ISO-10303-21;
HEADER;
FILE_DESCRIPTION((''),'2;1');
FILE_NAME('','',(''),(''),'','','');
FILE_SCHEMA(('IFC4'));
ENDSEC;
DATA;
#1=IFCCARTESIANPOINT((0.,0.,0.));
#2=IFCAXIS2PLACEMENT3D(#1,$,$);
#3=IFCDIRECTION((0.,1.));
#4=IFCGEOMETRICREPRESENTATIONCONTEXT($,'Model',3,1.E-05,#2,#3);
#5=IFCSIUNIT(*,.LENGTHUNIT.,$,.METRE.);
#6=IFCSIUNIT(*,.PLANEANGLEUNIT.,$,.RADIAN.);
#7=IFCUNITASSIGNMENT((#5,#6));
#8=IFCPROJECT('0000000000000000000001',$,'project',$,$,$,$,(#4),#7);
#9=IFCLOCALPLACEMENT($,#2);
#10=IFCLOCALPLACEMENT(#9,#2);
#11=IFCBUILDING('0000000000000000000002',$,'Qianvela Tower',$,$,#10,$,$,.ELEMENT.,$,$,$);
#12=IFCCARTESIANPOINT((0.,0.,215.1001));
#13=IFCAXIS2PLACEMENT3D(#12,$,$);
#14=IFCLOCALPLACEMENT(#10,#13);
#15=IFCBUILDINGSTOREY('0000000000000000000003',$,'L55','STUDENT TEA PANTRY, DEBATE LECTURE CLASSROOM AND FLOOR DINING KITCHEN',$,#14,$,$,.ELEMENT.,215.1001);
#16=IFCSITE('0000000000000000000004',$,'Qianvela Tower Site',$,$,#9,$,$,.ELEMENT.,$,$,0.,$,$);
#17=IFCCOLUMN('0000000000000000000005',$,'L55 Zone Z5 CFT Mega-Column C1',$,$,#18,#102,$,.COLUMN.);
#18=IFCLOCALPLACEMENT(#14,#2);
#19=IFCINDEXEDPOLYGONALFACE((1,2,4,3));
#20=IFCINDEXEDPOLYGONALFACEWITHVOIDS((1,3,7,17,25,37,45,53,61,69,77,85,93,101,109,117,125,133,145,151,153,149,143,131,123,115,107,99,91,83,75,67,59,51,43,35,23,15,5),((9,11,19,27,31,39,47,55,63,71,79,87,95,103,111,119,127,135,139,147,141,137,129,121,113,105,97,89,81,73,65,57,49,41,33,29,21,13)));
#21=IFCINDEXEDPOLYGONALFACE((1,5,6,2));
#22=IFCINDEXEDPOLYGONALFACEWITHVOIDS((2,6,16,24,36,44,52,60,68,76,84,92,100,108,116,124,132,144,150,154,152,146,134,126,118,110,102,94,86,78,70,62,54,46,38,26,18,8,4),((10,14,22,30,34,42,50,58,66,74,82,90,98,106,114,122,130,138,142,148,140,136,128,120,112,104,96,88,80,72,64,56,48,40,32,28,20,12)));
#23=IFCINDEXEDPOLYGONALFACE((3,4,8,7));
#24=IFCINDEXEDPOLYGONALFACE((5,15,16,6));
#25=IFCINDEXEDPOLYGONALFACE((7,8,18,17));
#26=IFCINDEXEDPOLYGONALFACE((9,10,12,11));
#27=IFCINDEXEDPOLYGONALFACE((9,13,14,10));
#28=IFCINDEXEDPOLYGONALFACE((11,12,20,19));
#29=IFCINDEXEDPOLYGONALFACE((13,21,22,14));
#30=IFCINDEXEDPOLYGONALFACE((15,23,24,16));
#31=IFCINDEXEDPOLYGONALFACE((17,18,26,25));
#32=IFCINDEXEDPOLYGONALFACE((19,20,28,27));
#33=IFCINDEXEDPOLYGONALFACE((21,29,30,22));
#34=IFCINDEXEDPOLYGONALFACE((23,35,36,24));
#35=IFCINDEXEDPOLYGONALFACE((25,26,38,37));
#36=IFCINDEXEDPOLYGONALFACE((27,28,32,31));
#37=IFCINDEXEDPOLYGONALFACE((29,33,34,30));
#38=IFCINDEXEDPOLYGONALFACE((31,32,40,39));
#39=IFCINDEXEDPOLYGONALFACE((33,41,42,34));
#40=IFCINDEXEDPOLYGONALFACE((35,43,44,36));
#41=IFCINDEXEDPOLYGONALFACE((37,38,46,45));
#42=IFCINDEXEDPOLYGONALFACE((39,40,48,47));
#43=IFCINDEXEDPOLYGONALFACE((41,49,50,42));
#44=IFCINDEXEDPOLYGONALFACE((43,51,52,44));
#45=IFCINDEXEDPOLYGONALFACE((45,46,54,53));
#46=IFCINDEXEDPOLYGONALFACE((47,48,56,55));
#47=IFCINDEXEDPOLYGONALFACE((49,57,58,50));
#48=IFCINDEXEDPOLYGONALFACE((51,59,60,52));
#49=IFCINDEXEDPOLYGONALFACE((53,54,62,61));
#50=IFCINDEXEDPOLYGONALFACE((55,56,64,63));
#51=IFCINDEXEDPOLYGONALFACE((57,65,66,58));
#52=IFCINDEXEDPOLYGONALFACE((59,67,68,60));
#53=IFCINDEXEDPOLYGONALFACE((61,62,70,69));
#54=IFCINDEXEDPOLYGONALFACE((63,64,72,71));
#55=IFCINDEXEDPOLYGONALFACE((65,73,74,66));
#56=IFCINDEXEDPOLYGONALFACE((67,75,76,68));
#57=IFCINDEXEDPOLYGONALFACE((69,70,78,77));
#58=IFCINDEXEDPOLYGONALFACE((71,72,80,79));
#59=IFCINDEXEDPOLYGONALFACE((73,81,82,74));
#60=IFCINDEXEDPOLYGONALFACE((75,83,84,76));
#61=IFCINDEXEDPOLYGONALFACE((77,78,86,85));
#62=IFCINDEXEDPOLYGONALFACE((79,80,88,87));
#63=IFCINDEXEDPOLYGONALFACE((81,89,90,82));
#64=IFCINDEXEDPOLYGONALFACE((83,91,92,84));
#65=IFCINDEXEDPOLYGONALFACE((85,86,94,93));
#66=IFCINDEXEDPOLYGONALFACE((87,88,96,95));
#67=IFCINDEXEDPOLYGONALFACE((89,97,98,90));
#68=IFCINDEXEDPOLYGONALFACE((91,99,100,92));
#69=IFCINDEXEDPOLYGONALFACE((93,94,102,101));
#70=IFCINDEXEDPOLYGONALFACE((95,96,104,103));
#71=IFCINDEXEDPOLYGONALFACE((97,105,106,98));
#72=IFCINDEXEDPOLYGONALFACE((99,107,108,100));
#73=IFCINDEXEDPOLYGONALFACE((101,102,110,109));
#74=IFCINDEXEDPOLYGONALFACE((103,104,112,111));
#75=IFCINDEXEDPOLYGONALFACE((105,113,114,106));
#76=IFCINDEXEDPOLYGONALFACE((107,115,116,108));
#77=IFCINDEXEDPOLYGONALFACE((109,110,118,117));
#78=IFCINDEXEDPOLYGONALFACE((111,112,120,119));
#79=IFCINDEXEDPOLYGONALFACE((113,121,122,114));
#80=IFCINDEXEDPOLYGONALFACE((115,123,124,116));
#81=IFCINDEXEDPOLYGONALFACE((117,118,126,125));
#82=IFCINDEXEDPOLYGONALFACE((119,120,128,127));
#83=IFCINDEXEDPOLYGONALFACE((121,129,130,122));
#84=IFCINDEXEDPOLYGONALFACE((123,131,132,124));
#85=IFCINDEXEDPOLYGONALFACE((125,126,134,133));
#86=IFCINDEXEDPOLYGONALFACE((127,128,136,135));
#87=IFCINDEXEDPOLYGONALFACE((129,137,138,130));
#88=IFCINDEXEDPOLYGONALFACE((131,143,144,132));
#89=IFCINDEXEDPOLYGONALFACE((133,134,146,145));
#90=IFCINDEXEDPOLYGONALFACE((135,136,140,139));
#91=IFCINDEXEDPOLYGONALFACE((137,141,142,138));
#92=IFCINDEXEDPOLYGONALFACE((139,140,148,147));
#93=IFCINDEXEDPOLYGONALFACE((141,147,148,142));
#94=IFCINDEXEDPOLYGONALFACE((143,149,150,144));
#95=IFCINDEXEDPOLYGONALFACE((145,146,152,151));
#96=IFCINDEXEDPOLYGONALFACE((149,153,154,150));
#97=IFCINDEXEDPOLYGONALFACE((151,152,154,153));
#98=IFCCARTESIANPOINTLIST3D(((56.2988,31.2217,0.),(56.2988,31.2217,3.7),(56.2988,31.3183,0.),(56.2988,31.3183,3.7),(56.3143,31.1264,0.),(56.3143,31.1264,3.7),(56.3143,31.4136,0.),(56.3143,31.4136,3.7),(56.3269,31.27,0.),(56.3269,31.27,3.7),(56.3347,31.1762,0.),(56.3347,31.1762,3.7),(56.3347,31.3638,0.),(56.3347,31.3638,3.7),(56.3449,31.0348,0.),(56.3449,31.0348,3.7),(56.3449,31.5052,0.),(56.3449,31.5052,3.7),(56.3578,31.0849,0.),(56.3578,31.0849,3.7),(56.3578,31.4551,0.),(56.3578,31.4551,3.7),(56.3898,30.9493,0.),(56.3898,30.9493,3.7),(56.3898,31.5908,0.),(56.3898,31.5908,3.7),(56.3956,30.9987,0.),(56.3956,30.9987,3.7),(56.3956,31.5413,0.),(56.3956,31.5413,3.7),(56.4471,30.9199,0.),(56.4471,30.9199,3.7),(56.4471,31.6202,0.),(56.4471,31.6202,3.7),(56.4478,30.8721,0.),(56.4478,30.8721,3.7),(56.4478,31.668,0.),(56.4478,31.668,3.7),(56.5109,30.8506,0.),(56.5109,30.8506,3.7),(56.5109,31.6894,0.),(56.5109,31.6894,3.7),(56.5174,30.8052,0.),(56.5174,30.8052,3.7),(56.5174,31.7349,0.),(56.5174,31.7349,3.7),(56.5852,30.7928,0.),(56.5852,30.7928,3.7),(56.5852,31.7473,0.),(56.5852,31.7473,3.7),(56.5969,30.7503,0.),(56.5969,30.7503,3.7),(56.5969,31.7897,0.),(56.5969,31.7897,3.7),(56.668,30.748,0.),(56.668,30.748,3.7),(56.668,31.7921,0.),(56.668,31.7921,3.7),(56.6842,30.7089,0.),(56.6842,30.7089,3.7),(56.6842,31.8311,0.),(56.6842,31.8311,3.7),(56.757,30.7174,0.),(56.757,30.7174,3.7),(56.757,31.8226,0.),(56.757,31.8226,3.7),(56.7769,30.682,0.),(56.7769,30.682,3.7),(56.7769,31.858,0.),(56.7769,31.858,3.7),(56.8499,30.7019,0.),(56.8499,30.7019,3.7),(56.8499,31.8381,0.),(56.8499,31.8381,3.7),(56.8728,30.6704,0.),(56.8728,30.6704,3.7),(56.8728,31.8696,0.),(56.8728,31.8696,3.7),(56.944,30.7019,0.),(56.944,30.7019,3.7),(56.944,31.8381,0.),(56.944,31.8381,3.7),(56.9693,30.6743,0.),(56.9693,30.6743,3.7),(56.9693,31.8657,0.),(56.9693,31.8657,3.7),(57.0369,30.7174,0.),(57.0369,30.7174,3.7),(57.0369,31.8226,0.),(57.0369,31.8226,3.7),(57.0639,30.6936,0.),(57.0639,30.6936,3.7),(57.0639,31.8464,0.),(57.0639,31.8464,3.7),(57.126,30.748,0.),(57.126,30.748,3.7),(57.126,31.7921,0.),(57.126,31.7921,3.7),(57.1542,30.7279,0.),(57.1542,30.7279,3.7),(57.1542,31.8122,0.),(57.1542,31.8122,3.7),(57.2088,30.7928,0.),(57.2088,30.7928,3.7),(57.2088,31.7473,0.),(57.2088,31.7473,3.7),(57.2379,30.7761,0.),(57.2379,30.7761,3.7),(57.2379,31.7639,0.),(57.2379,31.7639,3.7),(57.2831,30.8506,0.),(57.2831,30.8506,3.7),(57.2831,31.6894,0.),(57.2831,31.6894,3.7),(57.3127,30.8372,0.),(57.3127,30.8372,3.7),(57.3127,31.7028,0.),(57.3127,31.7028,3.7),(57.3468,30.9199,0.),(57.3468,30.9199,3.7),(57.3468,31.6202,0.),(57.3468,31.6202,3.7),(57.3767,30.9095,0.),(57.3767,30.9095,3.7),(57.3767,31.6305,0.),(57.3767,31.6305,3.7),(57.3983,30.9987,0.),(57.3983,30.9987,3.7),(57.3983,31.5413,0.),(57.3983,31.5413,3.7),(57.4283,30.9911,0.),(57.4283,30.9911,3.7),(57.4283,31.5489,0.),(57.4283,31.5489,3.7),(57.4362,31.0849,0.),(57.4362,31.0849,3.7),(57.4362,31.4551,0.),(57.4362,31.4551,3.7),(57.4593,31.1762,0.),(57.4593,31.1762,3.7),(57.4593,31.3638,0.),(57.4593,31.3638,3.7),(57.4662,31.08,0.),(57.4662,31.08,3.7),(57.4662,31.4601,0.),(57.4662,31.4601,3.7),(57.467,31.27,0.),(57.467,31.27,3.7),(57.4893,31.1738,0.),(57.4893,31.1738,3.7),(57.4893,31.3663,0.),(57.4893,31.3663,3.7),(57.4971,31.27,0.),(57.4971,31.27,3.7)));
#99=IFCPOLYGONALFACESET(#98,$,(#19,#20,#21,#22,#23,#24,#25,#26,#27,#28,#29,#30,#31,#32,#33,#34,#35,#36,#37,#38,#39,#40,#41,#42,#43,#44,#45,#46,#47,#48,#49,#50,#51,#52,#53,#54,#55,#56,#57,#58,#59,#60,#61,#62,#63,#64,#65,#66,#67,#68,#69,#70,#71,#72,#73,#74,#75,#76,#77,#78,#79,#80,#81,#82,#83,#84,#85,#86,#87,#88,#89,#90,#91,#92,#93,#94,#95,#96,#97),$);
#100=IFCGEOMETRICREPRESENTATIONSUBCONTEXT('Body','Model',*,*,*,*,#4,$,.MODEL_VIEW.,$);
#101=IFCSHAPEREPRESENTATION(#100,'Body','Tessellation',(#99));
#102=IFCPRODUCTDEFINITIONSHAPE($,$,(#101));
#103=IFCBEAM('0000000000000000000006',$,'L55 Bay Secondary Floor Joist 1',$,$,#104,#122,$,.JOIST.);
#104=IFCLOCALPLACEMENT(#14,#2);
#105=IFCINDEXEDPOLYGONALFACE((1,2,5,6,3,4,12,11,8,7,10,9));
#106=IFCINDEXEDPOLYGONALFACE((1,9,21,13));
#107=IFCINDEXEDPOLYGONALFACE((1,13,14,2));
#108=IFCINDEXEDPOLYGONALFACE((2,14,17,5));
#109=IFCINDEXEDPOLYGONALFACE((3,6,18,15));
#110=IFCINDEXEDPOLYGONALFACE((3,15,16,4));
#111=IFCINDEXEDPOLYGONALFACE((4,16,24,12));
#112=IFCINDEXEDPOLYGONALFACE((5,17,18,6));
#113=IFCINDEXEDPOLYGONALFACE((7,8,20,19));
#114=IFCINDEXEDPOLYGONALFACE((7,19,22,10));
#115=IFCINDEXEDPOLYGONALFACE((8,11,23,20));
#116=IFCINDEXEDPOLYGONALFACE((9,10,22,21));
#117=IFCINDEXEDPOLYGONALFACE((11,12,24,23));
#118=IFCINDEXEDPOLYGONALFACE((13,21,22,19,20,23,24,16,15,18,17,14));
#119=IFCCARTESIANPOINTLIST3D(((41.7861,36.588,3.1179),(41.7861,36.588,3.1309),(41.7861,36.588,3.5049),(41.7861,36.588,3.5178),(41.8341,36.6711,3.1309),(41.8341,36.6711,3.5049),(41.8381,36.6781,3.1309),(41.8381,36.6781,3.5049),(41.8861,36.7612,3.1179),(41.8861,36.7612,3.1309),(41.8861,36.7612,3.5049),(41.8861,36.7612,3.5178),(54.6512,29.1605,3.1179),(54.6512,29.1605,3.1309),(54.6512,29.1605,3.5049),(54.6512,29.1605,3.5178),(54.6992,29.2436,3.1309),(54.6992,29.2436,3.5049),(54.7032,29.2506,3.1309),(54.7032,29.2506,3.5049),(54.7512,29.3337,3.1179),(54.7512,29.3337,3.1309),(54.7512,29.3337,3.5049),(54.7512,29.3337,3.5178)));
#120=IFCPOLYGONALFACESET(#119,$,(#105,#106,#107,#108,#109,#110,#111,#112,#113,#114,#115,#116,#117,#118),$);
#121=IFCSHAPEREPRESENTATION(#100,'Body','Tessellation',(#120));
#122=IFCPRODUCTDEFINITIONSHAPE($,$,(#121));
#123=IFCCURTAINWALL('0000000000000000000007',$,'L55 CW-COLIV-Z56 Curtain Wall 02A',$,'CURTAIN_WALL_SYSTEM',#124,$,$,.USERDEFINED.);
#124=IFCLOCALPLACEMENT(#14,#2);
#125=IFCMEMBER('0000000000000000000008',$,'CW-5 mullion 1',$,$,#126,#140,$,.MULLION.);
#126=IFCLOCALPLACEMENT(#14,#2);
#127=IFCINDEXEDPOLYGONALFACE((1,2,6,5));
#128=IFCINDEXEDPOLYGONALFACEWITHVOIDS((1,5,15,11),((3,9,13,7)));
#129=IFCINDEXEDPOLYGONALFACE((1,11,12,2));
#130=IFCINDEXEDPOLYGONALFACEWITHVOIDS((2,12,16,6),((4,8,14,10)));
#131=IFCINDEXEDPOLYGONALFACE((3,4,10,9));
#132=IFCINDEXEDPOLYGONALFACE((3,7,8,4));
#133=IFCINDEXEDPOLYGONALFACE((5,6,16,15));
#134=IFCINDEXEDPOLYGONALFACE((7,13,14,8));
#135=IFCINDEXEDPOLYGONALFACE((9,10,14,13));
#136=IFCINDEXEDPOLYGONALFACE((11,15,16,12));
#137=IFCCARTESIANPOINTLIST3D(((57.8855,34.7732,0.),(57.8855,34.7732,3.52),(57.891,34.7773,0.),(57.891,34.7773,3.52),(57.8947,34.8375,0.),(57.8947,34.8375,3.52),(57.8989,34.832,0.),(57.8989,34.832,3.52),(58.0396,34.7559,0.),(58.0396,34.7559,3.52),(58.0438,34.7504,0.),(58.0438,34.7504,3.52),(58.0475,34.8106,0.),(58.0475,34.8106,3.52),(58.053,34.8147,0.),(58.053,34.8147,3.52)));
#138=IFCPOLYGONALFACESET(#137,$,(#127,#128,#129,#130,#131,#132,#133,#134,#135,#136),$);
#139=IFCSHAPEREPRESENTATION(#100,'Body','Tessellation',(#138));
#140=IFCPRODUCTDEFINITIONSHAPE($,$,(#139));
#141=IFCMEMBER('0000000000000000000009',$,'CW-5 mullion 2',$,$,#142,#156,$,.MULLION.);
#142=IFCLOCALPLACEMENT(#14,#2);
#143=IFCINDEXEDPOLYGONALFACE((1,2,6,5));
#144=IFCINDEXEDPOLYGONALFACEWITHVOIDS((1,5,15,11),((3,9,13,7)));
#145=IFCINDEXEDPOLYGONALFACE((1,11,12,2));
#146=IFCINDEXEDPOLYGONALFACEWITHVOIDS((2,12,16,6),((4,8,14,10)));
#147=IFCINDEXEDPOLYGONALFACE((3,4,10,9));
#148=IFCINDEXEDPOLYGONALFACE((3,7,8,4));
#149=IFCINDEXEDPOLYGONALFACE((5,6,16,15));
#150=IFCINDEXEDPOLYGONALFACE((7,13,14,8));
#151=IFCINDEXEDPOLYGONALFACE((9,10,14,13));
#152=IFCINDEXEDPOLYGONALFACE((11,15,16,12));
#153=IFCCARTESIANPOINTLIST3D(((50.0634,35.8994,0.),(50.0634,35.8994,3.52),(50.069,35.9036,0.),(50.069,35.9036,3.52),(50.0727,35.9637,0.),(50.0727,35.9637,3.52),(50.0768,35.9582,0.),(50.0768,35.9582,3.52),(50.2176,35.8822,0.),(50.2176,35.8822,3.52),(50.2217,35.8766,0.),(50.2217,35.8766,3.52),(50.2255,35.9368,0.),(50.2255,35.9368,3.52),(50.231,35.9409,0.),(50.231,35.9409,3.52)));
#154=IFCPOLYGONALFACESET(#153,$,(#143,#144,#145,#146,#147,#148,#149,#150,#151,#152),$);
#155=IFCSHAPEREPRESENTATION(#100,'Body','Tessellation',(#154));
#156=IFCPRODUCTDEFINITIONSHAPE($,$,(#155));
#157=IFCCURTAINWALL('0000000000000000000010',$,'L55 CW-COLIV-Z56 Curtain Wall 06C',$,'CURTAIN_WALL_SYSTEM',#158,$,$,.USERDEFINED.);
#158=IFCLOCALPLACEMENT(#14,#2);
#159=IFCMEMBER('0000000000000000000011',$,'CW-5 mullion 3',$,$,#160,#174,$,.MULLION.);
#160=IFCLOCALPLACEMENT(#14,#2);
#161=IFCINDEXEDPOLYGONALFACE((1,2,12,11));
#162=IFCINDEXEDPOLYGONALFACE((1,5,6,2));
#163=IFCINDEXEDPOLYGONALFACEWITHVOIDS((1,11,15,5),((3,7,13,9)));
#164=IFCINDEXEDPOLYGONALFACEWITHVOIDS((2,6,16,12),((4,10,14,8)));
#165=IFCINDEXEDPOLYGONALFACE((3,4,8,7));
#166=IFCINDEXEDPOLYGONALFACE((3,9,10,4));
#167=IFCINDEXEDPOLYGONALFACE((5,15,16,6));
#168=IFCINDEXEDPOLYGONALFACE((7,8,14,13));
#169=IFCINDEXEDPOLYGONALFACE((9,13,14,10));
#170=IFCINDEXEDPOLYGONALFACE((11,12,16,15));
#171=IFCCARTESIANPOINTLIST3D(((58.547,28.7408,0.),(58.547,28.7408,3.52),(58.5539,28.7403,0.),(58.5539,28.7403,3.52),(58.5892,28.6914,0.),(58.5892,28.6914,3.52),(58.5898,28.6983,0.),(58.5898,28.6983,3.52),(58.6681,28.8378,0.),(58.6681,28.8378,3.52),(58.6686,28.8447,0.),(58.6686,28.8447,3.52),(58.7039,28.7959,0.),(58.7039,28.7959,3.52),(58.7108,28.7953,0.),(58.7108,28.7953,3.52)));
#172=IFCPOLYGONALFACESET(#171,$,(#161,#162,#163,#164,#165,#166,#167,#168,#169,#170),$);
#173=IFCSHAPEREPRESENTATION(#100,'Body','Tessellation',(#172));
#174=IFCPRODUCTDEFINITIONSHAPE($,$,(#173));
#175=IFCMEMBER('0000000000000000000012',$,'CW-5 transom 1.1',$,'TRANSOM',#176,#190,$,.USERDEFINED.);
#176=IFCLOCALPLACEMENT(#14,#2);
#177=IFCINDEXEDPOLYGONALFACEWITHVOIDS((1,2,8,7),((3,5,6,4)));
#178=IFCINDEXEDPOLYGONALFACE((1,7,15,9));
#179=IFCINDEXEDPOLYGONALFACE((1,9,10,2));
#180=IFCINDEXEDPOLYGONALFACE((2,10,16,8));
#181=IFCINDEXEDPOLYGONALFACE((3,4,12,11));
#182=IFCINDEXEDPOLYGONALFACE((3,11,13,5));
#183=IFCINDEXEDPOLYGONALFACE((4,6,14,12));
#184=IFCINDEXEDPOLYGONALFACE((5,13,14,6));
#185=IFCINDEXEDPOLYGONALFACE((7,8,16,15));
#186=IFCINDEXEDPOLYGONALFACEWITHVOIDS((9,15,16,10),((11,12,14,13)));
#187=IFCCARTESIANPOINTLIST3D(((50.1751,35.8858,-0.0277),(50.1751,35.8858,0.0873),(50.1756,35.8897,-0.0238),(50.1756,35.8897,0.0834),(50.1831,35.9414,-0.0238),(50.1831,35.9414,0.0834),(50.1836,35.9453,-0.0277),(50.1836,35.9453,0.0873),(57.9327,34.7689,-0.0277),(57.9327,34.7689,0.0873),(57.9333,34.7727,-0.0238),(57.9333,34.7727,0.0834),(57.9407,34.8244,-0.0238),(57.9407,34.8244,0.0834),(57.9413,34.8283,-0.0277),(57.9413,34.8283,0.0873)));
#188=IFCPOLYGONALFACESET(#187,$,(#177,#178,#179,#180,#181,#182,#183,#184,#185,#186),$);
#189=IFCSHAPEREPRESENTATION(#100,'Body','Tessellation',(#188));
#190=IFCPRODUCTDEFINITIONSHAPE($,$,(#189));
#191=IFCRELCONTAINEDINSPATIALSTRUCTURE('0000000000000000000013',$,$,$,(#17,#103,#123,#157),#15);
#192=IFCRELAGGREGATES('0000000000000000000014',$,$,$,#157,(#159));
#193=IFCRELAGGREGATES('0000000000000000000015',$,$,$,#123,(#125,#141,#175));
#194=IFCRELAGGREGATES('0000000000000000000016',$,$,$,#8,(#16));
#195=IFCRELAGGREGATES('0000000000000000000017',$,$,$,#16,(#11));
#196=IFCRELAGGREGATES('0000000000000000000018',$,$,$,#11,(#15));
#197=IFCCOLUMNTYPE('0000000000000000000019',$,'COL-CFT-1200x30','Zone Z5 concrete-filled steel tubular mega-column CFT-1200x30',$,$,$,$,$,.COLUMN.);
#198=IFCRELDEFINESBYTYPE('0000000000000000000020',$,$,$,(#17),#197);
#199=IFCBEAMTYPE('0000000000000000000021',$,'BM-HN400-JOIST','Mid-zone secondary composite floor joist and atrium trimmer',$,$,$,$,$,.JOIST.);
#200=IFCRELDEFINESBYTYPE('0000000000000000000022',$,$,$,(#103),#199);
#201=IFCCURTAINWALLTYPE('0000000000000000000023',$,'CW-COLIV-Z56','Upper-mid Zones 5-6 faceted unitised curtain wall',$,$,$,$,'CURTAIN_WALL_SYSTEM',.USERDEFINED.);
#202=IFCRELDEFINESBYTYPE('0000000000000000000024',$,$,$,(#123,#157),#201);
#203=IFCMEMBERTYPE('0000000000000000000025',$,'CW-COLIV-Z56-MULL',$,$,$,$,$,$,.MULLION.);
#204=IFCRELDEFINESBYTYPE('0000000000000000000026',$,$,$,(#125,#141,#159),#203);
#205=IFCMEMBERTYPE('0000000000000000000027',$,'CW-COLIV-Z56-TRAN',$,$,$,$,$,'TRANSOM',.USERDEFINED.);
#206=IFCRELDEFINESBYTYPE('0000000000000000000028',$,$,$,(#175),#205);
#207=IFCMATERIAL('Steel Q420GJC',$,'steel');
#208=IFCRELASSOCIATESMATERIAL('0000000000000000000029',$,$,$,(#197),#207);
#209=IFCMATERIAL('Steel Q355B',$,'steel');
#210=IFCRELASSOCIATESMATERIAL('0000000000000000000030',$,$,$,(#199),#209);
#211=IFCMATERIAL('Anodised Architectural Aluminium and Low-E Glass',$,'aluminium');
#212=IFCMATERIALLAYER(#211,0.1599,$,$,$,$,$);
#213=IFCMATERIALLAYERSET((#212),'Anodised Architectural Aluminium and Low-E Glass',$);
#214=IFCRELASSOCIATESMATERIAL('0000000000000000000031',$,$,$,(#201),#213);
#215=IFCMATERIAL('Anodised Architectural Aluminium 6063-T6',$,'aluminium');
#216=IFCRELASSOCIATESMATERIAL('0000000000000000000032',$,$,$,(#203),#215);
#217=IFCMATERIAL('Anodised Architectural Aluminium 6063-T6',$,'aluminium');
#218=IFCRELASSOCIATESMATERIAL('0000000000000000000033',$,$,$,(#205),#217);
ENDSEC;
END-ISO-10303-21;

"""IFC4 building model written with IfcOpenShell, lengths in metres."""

from ifc_helpers import new_model, si_unit, direction, frame, origin, origin_2d, place, context, subcontext, project, spatial, hollow_rectangle, hollow_circle, i_section, extrude, material, layer, layer_set, material_profile, profile_set, type_object, element, aggregate, save


model = new_model("IFC4")

# Units and contexts
model_context = context("Model", 3, precision=1e-05, world=origin(), true_north=direction((0.0, 1.0)))
body_context = subcontext(model_context, "Body", "Model", "MODEL_VIEW")
ifc_project = project(units=[si_unit("LENGTHUNIT", "METRE"), si_unit("PLANEANGLEUNIT", "RADIAN")], contexts=[model_context])

# Site, building, storey
site_placement = place(None, origin())
site = spatial("IfcSite", under=ifc_project, at=site_placement, Name="Qianvela Tower Site", CompositionType="ELEMENT", RefElevation=0.0)
building_placement = place(site_placement, origin())
building = spatial("IfcBuilding", under=site, at=building_placement, Name="Qianvela Tower", CompositionType="ELEMENT")
storey_placement = place(building_placement, frame((0.0, 0.0, 215.1001)))
storey = spatial("IfcBuildingStorey", under=building, at=storey_placement, Name="L55", Description="STUDENT TEA PANTRY, DEBATE LECTURE CLASSROOM AND FLOOR DINING KITCHEN", CompositionType="ELEMENT", Elevation=215.1001)

# Column
ifc_material_1 = material(Name="Steel Q420GJC", Category="steel")
ifc_material_profile_1 = material_profile(ifc_material_1, hollow_circle(Radius=0.6001, WallThickness=0.03, at=origin_2d()), Name="CFT-1200x30")
ifc_profile_set_1 = profile_set([ifc_material_profile_1], Name="Steel Q420GJC")
column_type = type_object("IfcColumnType", Name="COL-CFT-1200x30", Description="Zone Z5 concrete-filled steel tubular mega-column CFT-1200x30", PredefinedType="COLUMN", material=ifc_profile_set_1)
column_placement = place(storey_placement, frame((56.897, 31.27, 0.0), z_axis=(0.0, 0.0, 1.0), x_axis=(1.0, 0.0, 0.0)))
element("IfcColumn", 1, at=column_placement, inside=storey, type_object=column_type, Name="L55 Zone Z5 CFT Mega-Column C1", PredefinedType="COLUMN", context=body_context, shape_type="SweptSolid", body=[
    extrude(hollow_circle(Radius=0.6001, WallThickness=0.03, at=origin_2d()), origin(), (0.0, 0.0, 1.0), 3.7),
])

# Beam
ifc_material_2 = material(Name="Steel Q355B", Category="steel")
ifc_material_profile_2 = material_profile(ifc_material_2, i_section(OverallWidth=0.2, OverallDepth=0.3999, WebThickness=0.0081, FlangeThickness=0.0129, at=origin_2d()), Name="HN400x200x8x13")
ifc_profile_set_2 = profile_set([ifc_material_profile_2], Name="Steel Q355B")
beam_type = type_object("IfcBeamType", Name="BM-HN400-JOIST", Description="Mid-zone secondary composite floor joist and atrium trimmer", PredefinedType="JOIST", material=ifc_profile_set_2)
beam_placement = place(storey_placement, frame((54.7012, 29.2471, 3.3179), z_axis=(-0.866029, 0.499994, 0.0), x_axis=(-0.499994, -0.866029, 0.0)))
element("IfcBeam", 2, at=beam_placement, inside=storey, type_object=beam_type, Name="L55 Bay Secondary Floor Joist 1", PredefinedType="JOIST", context=body_context, shape_type="SweptSolid", body=[
    extrude(i_section(OverallWidth=0.2, OverallDepth=0.3999, WebThickness=0.0081, FlangeThickness=0.0129, at=origin_2d()), origin(), (0.0, 0.0, 1.0), 14.8552),
])

# Curtain wall, members
ifc_material_3 = material(Name="Anodised Architectural Aluminium and Low-E Glass", Category="aluminium")
ifc_layer_1 = layer(ifc_material_3, 0.1599)
ifc_layer_set_1 = layer_set([ifc_layer_1], Name="Anodised Architectural Aluminium and Low-E Glass")
curtain_wall_type = type_object("IfcCurtainWallType", Name="CW-COLIV-Z56", Description="Upper-mid Zones 5-6 faceted unitised curtain wall", ElementType="CURTAIN_WALL_SYSTEM", PredefinedType="USERDEFINED", material=ifc_layer_set_1)
curtain_wall_1_placement = place(storey_placement, origin())
curtain_wall_1 = element("IfcCurtainWall", 3, at=curtain_wall_1_placement, inside=storey, type_object=curtain_wall_type, Name="L55 CW-COLIV-Z56 Curtain Wall 02A", ObjectType="CURTAIN_WALL_SYSTEM", PredefinedType="USERDEFINED")
ifc_material_4 = material(Name="Anodised Architectural Aluminium 6063-T6", Category="aluminium")
ifc_material_profile_3 = material_profile(ifc_material_4, hollow_rectangle(XDim=0.0649, YDim=0.1599, WallThickness=0.0049, at=origin_2d()), Name="ALU-MULL-65x160")
ifc_profile_set_3 = profile_set([ifc_material_profile_3], Name="Anodised Architectural Aluminium 6063-T6")
member_type_1 = type_object("IfcMemberType", Name="CW-COLIV-Z56-MULL", PredefinedType="MULLION", material=ifc_profile_set_3)
member_1_placement = place(storey_placement, frame((57.9692, 34.7939, 0.0), z_axis=(0.0, 0.0, 1.0), x_axis=(-0.142508, -0.989794, 0.0)))
member_1 = element("IfcMember", 4, at=member_1_placement, type_object=member_type_1, Name="CW-5 mullion 1", PredefinedType="MULLION", context=body_context, shape_type="SweptSolid", body=[
    extrude(hollow_rectangle(XDim=0.0649, YDim=0.1599, WallThickness=0.0049, at=origin_2d()), origin(), (0.0, 0.0, 1.0), 3.52),
])
member_2_placement = place(storey_placement, frame((50.1472, 35.9202, 0.0), z_axis=(0.0, 0.0, 1.0), x_axis=(-0.142508, -0.989794, 0.0)))
member_2 = element("IfcMember", 5, at=member_2_placement, type_object=member_type_1, Name="CW-5 mullion 2", PredefinedType="MULLION", context=body_context, shape_type="SweptSolid", body=[
    extrude(hollow_rectangle(XDim=0.0649, YDim=0.1599, WallThickness=0.0049, at=origin_2d()), origin(), (0.0, 0.0, 1.0), 3.52),
])

# Curtain wall, member
curtain_wall_2_placement = place(storey_placement, origin())
curtain_wall_2 = element("IfcCurtainWall", 6, at=curtain_wall_2_placement, inside=storey, type_object=curtain_wall_type, Name="L55 CW-COLIV-Z56 Curtain Wall 06C", ObjectType="CURTAIN_WALL_SYSTEM", PredefinedType="USERDEFINED")
member_3_placement = place(storey_placement, frame((58.6289, 28.7681, 0.0), z_axis=(0.0, 0.0, 1.0), x_axis=(-0.649617, 0.760262, 0.0)))
member_3 = element("IfcMember", 7, at=member_3_placement, type_object=member_type_1, Name="CW-5 mullion 3", PredefinedType="MULLION", context=body_context, shape_type="SweptSolid", body=[
    extrude(hollow_rectangle(XDim=0.0649, YDim=0.1599, WallThickness=0.0049, at=origin_2d()), origin(), (0.0, 0.0, 1.0), 3.52),
])
aggregate(curtain_wall_2, [member_3])

# Member
ifc_material_5 = material(Name="Anodised Architectural Aluminium 6063-T6", Category="aluminium")
ifc_material_profile_4 = material_profile(ifc_material_5, hollow_rectangle(XDim=0.0601, YDim=0.115, WallThickness=0.0039, at=origin_2d()), Name="ALU-TRAN-60x115")
ifc_profile_set_4 = profile_set([ifc_material_profile_4], Name="Anodised Architectural Aluminium 6063-T6")
member_type_2 = type_object("IfcMemberType", Name="CW-COLIV-Z56-TRAN", ElementType="TRANSOM", PredefinedType="USERDEFINED", material=ifc_profile_set_4)
member_4_placement = place(storey_placement, frame((57.937, 34.7986, 0.0298), z_axis=(-0.989793, 0.142512, 0.0), x_axis=(-0.142512, -0.989793, 0.0)))
member_4 = element("IfcMember", 8, at=member_4_placement, type_object=member_type_2, Name="CW-5 transom 1.1", ObjectType="TRANSOM", PredefinedType="USERDEFINED", context=body_context, shape_type="SweptSolid", body=[
    extrude(hollow_rectangle(XDim=0.0601, YDim=0.115, WallThickness=0.0039, at=origin_2d()), origin(), (0.0, 0.0, 1.0), 7.8376),
])

aggregate(curtain_wall_1, [member_1, member_2, member_4])

save(model, "model.ifc")
